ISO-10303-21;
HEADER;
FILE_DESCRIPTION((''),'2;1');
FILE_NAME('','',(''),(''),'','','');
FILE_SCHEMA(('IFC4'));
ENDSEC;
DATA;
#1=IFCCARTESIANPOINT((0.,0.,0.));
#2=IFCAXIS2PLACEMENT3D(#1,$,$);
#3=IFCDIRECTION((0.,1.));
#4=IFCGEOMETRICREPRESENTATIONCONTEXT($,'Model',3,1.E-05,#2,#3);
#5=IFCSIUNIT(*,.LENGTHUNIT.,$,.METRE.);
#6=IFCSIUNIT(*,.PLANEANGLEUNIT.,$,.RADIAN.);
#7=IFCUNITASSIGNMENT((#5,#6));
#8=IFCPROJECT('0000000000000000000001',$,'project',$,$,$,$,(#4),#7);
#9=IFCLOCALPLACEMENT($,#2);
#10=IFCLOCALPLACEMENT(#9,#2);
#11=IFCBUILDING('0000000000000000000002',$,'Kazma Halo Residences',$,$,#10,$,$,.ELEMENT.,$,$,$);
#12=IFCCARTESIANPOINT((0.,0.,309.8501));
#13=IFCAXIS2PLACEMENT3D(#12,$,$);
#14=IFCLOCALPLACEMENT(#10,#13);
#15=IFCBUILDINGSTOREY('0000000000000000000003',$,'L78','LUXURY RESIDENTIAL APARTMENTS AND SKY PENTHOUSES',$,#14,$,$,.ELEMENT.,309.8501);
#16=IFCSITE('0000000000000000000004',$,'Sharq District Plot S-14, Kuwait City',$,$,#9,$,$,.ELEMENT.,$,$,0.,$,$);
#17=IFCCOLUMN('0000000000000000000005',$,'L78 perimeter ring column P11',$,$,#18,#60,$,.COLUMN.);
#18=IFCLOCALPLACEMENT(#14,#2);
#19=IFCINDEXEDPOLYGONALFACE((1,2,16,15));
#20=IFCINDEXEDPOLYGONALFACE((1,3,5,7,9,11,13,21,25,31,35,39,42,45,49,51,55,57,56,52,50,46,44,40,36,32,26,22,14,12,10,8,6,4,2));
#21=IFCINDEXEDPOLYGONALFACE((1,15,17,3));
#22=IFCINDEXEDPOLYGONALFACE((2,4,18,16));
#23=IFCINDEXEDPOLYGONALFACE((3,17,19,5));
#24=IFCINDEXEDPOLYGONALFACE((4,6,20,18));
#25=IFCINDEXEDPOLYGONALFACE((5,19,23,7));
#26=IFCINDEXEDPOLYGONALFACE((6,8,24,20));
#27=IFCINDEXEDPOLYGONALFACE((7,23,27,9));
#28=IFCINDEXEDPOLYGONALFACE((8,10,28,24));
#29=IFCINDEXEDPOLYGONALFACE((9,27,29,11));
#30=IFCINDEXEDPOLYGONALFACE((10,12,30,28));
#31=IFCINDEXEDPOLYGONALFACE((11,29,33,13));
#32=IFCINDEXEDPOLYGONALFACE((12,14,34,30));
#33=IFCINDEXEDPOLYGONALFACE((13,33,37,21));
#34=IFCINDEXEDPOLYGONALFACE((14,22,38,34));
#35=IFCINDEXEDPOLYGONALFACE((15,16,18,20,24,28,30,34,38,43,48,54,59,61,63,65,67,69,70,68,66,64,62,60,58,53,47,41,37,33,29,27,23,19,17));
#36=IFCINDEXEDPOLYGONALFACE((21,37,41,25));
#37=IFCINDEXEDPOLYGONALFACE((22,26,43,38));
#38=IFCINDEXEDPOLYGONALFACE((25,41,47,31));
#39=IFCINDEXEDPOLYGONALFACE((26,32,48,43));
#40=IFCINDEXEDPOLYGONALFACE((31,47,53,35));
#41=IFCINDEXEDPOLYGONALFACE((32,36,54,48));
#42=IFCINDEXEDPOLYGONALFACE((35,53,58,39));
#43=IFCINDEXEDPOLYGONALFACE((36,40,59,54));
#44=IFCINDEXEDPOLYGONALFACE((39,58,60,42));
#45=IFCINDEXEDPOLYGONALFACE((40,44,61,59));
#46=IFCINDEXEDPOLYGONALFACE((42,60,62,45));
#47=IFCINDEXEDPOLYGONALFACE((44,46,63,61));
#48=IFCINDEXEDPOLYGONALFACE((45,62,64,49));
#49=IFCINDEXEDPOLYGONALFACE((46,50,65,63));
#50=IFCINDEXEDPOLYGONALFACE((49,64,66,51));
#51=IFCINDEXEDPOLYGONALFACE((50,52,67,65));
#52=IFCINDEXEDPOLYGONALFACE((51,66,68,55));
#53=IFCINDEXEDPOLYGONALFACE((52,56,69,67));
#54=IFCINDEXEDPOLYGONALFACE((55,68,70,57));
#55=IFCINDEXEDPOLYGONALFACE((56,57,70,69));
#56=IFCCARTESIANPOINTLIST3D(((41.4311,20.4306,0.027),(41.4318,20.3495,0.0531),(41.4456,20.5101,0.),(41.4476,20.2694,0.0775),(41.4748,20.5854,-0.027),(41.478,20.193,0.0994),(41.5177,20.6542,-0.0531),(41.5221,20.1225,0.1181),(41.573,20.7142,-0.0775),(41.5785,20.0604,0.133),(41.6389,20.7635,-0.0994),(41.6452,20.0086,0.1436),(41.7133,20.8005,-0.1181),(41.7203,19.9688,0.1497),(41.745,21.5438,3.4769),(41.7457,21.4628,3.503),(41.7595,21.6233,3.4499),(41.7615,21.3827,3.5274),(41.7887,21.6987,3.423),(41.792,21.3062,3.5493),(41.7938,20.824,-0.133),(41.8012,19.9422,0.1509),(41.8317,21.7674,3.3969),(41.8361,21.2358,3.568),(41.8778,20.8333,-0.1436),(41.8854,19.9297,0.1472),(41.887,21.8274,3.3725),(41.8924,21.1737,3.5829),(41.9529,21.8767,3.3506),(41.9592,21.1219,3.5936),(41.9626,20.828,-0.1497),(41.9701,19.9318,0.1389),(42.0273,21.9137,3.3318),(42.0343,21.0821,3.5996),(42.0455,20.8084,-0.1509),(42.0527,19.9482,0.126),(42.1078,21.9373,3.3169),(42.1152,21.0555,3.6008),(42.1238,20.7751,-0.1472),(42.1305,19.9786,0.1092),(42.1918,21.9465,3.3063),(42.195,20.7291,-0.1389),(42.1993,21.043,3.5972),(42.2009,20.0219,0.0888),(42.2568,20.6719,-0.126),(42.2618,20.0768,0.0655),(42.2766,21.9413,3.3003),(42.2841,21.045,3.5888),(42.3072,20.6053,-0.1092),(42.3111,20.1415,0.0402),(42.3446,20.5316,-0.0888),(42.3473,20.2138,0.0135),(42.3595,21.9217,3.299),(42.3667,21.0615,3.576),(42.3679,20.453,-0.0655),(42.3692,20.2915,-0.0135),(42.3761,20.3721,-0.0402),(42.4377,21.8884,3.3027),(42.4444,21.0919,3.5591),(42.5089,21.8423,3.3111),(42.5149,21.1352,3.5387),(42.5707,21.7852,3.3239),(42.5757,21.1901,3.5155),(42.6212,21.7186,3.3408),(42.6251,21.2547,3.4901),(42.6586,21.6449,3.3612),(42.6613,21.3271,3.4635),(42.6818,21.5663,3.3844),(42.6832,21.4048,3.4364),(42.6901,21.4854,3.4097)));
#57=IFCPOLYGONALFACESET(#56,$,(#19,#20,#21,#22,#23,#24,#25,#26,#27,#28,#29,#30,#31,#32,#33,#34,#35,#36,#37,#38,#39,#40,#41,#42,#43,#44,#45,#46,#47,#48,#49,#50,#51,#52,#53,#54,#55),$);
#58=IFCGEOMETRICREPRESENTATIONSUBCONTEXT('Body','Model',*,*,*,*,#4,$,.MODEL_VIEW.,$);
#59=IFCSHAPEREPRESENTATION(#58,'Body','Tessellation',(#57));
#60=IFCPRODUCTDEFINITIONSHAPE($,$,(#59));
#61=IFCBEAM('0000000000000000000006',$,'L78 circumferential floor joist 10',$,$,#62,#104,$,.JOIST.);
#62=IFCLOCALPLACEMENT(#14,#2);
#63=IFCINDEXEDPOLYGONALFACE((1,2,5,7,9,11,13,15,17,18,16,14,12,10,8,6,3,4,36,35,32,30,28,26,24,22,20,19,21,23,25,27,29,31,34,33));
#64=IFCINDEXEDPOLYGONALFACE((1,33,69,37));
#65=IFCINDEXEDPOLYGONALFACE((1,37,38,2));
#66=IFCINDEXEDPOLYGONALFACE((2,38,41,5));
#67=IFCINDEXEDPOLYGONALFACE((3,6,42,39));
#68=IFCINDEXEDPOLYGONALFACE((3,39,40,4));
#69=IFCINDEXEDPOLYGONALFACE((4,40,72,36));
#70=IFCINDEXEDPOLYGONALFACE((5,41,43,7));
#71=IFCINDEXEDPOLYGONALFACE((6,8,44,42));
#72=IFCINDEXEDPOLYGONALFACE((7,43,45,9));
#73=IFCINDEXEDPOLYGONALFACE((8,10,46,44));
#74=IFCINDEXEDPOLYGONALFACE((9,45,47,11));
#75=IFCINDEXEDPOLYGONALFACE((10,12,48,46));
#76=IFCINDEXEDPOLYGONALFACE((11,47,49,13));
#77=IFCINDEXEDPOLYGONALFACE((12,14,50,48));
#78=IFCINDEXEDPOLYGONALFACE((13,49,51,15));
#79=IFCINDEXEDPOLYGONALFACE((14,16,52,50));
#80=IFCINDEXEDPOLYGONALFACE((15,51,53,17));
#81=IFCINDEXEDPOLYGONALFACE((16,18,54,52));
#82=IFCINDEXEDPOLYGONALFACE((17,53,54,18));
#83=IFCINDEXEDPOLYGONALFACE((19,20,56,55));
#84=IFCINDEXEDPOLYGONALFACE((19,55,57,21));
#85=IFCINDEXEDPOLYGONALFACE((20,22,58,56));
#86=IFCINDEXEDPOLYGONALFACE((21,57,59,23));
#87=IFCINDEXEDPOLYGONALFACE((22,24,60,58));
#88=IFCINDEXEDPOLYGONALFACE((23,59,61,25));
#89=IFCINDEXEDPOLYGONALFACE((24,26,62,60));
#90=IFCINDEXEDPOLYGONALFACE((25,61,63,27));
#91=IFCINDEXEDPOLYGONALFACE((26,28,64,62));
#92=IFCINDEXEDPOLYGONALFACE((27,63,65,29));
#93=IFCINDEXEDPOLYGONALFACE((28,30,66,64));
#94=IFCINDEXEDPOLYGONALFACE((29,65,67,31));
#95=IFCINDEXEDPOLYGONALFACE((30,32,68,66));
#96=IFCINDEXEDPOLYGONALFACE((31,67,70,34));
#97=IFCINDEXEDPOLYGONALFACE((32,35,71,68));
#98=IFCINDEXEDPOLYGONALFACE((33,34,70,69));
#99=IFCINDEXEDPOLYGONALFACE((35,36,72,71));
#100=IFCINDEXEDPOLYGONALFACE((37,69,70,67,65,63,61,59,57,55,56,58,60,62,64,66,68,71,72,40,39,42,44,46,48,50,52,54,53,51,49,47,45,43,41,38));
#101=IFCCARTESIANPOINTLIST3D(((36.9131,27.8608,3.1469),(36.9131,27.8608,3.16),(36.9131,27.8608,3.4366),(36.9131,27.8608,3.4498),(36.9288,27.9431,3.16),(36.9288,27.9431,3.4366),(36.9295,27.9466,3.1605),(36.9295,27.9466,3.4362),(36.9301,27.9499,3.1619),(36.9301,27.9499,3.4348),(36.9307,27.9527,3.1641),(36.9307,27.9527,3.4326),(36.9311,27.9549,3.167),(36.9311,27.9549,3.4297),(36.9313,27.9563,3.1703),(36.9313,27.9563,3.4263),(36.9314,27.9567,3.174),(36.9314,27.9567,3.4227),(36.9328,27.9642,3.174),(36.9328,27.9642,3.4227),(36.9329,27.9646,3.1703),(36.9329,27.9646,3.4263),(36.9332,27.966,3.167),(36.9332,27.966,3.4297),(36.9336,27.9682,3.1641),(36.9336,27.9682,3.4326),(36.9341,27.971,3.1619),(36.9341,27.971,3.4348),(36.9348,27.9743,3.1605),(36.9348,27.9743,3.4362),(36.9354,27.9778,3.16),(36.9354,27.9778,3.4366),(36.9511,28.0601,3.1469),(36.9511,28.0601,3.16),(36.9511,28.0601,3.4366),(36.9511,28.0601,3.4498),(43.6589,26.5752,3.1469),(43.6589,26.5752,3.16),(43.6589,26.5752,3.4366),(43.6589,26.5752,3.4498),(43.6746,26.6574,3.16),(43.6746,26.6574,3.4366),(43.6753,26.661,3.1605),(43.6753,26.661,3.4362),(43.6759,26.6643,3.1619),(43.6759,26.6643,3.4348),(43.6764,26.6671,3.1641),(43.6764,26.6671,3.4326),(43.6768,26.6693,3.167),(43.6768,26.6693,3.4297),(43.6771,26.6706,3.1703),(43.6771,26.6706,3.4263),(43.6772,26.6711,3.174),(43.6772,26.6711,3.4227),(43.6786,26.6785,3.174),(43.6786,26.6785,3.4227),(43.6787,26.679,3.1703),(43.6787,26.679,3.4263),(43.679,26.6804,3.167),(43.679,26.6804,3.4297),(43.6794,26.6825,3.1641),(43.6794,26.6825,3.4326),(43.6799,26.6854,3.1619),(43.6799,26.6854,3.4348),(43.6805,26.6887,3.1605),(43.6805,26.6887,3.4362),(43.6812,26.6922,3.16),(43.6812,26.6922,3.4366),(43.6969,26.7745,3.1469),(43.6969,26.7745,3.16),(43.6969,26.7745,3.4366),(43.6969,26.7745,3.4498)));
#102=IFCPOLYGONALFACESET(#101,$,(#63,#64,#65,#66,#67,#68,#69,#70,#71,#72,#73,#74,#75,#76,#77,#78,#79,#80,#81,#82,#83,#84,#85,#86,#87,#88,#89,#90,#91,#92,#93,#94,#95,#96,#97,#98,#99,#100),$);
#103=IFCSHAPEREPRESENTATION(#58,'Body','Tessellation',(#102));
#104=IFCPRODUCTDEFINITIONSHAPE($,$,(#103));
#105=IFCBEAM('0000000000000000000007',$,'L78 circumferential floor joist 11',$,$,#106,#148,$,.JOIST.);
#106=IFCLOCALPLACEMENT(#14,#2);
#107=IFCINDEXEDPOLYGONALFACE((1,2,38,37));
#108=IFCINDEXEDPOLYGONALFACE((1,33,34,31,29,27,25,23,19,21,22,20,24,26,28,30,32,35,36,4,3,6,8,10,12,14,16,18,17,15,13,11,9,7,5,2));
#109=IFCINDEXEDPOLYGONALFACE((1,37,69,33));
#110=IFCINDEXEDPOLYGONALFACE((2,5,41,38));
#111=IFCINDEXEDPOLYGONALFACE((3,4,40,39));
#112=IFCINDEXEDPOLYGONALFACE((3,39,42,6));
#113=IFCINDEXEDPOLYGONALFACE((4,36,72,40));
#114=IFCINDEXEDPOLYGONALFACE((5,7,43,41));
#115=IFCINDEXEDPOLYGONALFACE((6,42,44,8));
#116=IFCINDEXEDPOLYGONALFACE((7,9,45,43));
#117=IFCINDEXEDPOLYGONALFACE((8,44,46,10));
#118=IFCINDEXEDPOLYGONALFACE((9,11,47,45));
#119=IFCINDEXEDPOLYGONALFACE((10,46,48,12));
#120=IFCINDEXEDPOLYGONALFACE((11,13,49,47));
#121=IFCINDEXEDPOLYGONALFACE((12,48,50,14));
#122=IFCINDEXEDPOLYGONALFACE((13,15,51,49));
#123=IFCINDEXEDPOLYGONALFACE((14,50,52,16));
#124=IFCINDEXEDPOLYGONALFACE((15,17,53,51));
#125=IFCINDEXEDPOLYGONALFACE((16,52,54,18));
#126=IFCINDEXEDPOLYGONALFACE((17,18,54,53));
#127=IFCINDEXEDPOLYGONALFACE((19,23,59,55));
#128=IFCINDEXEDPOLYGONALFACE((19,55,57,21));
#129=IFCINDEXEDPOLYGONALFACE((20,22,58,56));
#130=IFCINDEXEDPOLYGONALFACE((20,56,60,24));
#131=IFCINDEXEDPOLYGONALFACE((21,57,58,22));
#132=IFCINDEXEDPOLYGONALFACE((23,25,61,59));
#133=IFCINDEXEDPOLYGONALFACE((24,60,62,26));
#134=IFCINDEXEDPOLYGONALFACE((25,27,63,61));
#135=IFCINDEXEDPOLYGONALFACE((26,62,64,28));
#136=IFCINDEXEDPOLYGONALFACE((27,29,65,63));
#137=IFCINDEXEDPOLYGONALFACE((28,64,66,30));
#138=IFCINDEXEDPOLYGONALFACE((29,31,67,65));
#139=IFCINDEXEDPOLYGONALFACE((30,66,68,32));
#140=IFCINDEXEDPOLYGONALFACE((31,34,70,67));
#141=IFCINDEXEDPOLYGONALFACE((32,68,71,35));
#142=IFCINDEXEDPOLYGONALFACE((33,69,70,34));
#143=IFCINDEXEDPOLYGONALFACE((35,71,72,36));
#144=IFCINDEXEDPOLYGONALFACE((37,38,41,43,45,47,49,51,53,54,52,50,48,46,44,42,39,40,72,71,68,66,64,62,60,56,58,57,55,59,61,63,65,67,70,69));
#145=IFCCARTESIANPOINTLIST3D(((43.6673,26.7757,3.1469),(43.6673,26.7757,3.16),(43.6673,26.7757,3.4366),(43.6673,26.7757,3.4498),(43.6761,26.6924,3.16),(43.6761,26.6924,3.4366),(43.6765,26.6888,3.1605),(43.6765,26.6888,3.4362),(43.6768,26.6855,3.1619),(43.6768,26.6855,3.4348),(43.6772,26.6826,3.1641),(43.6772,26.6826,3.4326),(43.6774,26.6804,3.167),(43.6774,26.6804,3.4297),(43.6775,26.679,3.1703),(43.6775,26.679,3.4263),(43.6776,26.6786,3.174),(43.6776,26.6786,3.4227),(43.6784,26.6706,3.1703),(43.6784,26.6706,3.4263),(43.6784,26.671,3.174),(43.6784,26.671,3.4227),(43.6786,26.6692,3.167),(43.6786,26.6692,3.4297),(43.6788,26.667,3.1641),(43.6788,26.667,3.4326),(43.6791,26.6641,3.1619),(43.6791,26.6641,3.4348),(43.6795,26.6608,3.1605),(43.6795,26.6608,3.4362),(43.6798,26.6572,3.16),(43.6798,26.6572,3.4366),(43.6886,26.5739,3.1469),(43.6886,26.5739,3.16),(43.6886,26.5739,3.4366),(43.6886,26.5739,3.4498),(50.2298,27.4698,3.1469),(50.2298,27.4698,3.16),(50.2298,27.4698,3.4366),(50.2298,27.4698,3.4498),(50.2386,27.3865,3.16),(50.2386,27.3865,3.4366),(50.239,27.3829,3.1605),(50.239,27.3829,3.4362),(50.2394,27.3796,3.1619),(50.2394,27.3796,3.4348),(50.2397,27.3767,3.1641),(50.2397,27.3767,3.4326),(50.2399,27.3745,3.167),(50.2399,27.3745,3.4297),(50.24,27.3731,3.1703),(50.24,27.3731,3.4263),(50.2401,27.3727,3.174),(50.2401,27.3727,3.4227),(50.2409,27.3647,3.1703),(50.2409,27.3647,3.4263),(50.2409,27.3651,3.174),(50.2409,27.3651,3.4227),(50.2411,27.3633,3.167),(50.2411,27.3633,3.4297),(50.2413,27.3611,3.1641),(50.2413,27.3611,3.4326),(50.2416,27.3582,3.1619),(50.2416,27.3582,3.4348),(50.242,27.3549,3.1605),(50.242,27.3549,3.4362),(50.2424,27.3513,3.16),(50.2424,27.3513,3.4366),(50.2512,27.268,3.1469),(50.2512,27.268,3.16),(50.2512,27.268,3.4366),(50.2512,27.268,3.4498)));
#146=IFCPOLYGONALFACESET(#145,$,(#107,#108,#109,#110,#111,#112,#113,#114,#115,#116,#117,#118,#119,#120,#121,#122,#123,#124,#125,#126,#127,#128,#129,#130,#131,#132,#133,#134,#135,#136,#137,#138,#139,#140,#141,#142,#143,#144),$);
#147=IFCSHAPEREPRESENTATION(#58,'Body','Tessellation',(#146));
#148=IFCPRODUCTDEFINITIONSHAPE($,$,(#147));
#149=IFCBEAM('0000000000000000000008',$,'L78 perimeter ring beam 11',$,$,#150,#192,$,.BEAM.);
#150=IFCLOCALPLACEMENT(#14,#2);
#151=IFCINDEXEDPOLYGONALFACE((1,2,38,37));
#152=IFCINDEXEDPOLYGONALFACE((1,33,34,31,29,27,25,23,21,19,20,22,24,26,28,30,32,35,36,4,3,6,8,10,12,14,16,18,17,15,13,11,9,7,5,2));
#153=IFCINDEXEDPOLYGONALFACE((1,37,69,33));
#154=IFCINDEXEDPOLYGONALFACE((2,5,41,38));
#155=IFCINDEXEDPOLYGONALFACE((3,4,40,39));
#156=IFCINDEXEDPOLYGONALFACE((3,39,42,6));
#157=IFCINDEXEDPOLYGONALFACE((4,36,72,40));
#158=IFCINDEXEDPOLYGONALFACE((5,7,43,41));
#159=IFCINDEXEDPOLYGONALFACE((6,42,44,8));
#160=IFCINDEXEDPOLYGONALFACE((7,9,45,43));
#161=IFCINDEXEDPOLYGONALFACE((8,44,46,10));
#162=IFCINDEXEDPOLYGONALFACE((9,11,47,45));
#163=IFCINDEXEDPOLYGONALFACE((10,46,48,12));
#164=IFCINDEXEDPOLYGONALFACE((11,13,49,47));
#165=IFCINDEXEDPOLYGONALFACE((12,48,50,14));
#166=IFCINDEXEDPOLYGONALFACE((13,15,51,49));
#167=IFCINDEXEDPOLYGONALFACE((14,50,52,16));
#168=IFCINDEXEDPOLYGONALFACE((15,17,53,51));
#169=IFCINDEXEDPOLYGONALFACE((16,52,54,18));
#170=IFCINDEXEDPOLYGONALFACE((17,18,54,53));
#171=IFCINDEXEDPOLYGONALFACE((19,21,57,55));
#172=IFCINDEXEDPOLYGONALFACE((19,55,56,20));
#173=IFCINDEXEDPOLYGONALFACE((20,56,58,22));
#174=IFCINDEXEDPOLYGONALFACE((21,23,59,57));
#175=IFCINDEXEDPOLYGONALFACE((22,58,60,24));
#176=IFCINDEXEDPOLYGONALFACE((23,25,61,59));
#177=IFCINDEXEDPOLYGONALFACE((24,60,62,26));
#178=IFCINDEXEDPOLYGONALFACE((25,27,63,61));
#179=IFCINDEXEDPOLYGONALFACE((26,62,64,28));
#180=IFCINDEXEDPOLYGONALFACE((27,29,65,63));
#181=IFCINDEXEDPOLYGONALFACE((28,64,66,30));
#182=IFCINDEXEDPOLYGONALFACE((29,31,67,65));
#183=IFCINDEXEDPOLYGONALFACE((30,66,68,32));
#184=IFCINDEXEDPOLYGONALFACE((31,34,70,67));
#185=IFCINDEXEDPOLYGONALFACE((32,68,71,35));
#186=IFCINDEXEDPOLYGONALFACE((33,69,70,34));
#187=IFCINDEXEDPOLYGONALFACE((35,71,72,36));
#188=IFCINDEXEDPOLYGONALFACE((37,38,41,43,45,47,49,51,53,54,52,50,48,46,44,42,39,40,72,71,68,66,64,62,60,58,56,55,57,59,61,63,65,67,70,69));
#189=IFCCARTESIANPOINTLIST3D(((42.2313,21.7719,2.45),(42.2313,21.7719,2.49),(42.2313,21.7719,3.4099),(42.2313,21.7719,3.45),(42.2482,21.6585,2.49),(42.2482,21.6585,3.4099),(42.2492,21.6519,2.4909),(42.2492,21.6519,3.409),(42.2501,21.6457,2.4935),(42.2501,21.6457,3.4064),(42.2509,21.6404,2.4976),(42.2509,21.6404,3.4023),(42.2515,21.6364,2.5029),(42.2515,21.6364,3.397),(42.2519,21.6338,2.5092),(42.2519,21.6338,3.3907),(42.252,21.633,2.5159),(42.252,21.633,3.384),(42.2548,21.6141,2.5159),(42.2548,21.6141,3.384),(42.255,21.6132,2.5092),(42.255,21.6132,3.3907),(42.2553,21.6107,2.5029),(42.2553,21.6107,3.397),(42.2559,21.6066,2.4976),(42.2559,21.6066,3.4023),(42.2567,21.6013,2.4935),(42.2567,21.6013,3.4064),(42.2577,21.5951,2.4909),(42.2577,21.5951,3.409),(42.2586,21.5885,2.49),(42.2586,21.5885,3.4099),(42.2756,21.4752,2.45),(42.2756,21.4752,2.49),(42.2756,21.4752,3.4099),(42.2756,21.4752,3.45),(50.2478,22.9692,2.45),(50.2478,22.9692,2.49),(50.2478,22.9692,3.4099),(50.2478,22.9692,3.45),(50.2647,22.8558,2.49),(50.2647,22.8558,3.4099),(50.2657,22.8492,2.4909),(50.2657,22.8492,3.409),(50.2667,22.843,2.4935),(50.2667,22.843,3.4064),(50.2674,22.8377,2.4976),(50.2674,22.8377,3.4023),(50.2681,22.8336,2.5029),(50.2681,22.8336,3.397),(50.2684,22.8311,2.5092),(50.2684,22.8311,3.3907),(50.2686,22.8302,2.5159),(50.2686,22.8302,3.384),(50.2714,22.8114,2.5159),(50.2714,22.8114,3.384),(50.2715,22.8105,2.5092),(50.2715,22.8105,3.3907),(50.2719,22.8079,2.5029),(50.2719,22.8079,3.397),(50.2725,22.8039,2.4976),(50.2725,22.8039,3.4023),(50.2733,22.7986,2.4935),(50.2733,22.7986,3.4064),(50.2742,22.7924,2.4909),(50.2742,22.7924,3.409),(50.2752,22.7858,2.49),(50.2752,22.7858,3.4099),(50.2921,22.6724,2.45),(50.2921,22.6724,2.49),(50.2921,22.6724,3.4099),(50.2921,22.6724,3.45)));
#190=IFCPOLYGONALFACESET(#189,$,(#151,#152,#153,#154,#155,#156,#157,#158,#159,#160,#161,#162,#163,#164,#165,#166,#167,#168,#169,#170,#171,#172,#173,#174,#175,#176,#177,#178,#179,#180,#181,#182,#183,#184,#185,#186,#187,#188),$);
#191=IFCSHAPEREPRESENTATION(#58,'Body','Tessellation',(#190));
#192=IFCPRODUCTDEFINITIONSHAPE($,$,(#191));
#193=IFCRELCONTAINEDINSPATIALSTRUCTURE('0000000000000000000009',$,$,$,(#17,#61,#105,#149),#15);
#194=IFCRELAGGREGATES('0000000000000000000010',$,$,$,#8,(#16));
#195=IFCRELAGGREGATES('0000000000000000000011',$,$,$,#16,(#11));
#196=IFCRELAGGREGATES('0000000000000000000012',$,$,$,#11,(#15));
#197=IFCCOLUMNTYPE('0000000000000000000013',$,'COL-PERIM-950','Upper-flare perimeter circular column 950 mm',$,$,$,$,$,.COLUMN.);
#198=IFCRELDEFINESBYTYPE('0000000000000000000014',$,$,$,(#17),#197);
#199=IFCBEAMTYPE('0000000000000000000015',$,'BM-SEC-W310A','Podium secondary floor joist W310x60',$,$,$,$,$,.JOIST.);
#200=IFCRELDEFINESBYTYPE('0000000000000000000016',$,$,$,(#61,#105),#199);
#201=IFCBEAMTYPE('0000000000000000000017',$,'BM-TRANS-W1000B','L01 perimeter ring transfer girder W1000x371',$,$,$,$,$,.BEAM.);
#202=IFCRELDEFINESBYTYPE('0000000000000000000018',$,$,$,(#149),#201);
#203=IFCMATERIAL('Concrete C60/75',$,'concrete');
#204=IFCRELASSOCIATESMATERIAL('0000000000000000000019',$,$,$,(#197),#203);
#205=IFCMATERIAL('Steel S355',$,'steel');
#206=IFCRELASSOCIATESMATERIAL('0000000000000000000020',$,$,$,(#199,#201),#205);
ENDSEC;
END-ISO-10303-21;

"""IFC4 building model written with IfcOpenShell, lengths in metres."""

from ifc_helpers import new_model, si_unit, direction, frame, origin, origin_2d, place, context, subcontext, project, spatial, circle, i_section, extrude, material, material_profile, profile_set, type_object, element, save


model = new_model("IFC4")

# Units and contexts
model_context = context("Model", 3, precision=1e-05, world=origin(), true_north=direction((0.0, 1.0)))
body_context = subcontext(model_context, "Body", "Model", "MODEL_VIEW")
ifc_project = project(units=[si_unit("LENGTHUNIT", "METRE"), si_unit("PLANEANGLEUNIT", "RADIAN")], contexts=[model_context])

# Site, building, storey
site_placement = place(None, origin())
site = spatial("IfcSite", under=ifc_project, at=site_placement, Name="Sharq District Plot S-14, Kuwait City", CompositionType="ELEMENT", RefElevation=0.0)
building_placement = place(site_placement, origin())
building = spatial("IfcBuilding", under=site, at=building_placement, Name="Kazma Halo Residences", CompositionType="ELEMENT")
storey_placement = place(building_placement, frame((0.0, 0.0, 309.8501)))
storey = spatial("IfcBuildingStorey", under=building, at=storey_placement, Name="L78", Description="LUXURY RESIDENTIAL APARTMENTS AND SKY PENTHOUSES", CompositionType="ELEMENT", Elevation=309.8501)

# Column
ifc_material_1 = material(Name="Concrete C60/75", Category="concrete")
ifc_material_profile_1 = material_profile(ifc_material_1, circle(Radius=0.4751, at=origin_2d()), Name="CIRC950")
ifc_profile_set_1 = profile_set([ifc_material_profile_1], Name="Concrete C60/75")
column_type = type_object("IfcColumnType", Name="COL-PERIM-950", Description="Upper-flare perimeter circular column 950 mm", PredefinedType="COLUMN", material=ifc_profile_set_1)
column_placement = place(storey_placement, frame((41.9028, 20.3811, 0.0), z_axis=(0.086285, 0.305956, 0.948128), x_axis=(-0.962458, 0.27143, 0.0)))
element("IfcColumn", 1, at=column_placement, inside=storey, type_object=column_type, Name="L78 perimeter ring column P11", PredefinedType="COLUMN", context=body_context, shape_type="SweptSolid", body=[
    extrude(circle(Radius=0.4751, at=origin_2d()), origin(), (0.0, 0.0, 1.0), 3.6387),
])

# Beams
ifc_material_2 = material(Name="Steel S355", Category="steel")
ifc_material_profile_2 = material_profile(ifc_material_2, i_section(OverallWidth=0.2029, OverallDepth=0.303, WebThickness=0.0076, FlangeThickness=0.0132, FilletRadius=0.0139, at=origin_2d()), Name="W310x60")
ifc_profile_set_2 = profile_set([ifc_material_profile_2], Name="Steel S355")
beam_type_1 = type_object("IfcBeamType", Name="BM-SEC-W310A", Description="Podium secondary floor joist W310x60", PredefinedType="JOIST", material=ifc_profile_set_2)
beam_1_placement = place(storey_placement, frame((36.9321, 27.9604, 3.2983), z_axis=(0.982319, -0.187213, 0.0), x_axis=(0.187213, 0.982319, 0.0)))
element("IfcBeam", 2, at=beam_1_placement, inside=storey, type_object=beam_type_1, Name="L78 circumferential floor joist 10", PredefinedType="JOIST", context=body_context, shape_type="SweptSolid", body=[
    extrude(i_section(OverallWidth=0.2029, OverallDepth=0.303, WebThickness=0.0076, FlangeThickness=0.0132, FilletRadius=0.0139, at=origin_2d()), origin(), (0.0, 0.0, 1.0), 6.8672),
])
beam_2_placement = place(storey_placement, frame((43.678, 26.6748, 3.2983), z_axis=(0.994453, 0.10518, 0.0), x_axis=(-0.10518, 0.994453, 0.0)))
element("IfcBeam", 3, at=beam_2_placement, inside=storey, type_object=beam_type_1, Name="L78 circumferential floor joist 11", PredefinedType="JOIST", context=body_context, shape_type="SweptSolid", body=[
    extrude(i_section(OverallWidth=0.2029, OverallDepth=0.303, WebThickness=0.0076, FlangeThickness=0.0132, FilletRadius=0.0139, at=origin_2d()), origin(), (0.0, 0.0, 1.0), 6.5991),
])
ifc_material_profile_3 = material_profile(ifc_material_2, i_section(OverallWidth=0.3, OverallDepth=1.0, WebThickness=0.019, FlangeThickness=0.04, FilletRadius=0.0259, at=origin_2d()), Name="W1000x371")
ifc_profile_set_3 = profile_set([ifc_material_profile_3], Name="Steel S355")
beam_type_2 = type_object("IfcBeamType", Name="BM-TRANS-W1000B", Description="L01 perimeter ring transfer girder W1000x371", PredefinedType="BEAM", material=ifc_profile_set_3)
beam_3_placement = place(storey_placement, frame((42.2534, 21.6235, 2.95), z_axis=(0.989031, 0.14771, 0.0), x_axis=(-0.14771, 0.989031, 0.0)))
element("IfcBeam", 4, at=beam_3_placement, inside=storey, type_object=beam_type_2, Name="L78 perimeter ring beam 11", PredefinedType="BEAM", context=body_context, shape_type="SweptSolid", body=[
    extrude(i_section(OverallWidth=0.3, OverallDepth=1.0, WebThickness=0.019, FlangeThickness=0.04, FilletRadius=0.0259, at=origin_2d()), origin(), (0.0, 0.0, 1.0), 8.1055),
])

save(model, "model.ifc")
